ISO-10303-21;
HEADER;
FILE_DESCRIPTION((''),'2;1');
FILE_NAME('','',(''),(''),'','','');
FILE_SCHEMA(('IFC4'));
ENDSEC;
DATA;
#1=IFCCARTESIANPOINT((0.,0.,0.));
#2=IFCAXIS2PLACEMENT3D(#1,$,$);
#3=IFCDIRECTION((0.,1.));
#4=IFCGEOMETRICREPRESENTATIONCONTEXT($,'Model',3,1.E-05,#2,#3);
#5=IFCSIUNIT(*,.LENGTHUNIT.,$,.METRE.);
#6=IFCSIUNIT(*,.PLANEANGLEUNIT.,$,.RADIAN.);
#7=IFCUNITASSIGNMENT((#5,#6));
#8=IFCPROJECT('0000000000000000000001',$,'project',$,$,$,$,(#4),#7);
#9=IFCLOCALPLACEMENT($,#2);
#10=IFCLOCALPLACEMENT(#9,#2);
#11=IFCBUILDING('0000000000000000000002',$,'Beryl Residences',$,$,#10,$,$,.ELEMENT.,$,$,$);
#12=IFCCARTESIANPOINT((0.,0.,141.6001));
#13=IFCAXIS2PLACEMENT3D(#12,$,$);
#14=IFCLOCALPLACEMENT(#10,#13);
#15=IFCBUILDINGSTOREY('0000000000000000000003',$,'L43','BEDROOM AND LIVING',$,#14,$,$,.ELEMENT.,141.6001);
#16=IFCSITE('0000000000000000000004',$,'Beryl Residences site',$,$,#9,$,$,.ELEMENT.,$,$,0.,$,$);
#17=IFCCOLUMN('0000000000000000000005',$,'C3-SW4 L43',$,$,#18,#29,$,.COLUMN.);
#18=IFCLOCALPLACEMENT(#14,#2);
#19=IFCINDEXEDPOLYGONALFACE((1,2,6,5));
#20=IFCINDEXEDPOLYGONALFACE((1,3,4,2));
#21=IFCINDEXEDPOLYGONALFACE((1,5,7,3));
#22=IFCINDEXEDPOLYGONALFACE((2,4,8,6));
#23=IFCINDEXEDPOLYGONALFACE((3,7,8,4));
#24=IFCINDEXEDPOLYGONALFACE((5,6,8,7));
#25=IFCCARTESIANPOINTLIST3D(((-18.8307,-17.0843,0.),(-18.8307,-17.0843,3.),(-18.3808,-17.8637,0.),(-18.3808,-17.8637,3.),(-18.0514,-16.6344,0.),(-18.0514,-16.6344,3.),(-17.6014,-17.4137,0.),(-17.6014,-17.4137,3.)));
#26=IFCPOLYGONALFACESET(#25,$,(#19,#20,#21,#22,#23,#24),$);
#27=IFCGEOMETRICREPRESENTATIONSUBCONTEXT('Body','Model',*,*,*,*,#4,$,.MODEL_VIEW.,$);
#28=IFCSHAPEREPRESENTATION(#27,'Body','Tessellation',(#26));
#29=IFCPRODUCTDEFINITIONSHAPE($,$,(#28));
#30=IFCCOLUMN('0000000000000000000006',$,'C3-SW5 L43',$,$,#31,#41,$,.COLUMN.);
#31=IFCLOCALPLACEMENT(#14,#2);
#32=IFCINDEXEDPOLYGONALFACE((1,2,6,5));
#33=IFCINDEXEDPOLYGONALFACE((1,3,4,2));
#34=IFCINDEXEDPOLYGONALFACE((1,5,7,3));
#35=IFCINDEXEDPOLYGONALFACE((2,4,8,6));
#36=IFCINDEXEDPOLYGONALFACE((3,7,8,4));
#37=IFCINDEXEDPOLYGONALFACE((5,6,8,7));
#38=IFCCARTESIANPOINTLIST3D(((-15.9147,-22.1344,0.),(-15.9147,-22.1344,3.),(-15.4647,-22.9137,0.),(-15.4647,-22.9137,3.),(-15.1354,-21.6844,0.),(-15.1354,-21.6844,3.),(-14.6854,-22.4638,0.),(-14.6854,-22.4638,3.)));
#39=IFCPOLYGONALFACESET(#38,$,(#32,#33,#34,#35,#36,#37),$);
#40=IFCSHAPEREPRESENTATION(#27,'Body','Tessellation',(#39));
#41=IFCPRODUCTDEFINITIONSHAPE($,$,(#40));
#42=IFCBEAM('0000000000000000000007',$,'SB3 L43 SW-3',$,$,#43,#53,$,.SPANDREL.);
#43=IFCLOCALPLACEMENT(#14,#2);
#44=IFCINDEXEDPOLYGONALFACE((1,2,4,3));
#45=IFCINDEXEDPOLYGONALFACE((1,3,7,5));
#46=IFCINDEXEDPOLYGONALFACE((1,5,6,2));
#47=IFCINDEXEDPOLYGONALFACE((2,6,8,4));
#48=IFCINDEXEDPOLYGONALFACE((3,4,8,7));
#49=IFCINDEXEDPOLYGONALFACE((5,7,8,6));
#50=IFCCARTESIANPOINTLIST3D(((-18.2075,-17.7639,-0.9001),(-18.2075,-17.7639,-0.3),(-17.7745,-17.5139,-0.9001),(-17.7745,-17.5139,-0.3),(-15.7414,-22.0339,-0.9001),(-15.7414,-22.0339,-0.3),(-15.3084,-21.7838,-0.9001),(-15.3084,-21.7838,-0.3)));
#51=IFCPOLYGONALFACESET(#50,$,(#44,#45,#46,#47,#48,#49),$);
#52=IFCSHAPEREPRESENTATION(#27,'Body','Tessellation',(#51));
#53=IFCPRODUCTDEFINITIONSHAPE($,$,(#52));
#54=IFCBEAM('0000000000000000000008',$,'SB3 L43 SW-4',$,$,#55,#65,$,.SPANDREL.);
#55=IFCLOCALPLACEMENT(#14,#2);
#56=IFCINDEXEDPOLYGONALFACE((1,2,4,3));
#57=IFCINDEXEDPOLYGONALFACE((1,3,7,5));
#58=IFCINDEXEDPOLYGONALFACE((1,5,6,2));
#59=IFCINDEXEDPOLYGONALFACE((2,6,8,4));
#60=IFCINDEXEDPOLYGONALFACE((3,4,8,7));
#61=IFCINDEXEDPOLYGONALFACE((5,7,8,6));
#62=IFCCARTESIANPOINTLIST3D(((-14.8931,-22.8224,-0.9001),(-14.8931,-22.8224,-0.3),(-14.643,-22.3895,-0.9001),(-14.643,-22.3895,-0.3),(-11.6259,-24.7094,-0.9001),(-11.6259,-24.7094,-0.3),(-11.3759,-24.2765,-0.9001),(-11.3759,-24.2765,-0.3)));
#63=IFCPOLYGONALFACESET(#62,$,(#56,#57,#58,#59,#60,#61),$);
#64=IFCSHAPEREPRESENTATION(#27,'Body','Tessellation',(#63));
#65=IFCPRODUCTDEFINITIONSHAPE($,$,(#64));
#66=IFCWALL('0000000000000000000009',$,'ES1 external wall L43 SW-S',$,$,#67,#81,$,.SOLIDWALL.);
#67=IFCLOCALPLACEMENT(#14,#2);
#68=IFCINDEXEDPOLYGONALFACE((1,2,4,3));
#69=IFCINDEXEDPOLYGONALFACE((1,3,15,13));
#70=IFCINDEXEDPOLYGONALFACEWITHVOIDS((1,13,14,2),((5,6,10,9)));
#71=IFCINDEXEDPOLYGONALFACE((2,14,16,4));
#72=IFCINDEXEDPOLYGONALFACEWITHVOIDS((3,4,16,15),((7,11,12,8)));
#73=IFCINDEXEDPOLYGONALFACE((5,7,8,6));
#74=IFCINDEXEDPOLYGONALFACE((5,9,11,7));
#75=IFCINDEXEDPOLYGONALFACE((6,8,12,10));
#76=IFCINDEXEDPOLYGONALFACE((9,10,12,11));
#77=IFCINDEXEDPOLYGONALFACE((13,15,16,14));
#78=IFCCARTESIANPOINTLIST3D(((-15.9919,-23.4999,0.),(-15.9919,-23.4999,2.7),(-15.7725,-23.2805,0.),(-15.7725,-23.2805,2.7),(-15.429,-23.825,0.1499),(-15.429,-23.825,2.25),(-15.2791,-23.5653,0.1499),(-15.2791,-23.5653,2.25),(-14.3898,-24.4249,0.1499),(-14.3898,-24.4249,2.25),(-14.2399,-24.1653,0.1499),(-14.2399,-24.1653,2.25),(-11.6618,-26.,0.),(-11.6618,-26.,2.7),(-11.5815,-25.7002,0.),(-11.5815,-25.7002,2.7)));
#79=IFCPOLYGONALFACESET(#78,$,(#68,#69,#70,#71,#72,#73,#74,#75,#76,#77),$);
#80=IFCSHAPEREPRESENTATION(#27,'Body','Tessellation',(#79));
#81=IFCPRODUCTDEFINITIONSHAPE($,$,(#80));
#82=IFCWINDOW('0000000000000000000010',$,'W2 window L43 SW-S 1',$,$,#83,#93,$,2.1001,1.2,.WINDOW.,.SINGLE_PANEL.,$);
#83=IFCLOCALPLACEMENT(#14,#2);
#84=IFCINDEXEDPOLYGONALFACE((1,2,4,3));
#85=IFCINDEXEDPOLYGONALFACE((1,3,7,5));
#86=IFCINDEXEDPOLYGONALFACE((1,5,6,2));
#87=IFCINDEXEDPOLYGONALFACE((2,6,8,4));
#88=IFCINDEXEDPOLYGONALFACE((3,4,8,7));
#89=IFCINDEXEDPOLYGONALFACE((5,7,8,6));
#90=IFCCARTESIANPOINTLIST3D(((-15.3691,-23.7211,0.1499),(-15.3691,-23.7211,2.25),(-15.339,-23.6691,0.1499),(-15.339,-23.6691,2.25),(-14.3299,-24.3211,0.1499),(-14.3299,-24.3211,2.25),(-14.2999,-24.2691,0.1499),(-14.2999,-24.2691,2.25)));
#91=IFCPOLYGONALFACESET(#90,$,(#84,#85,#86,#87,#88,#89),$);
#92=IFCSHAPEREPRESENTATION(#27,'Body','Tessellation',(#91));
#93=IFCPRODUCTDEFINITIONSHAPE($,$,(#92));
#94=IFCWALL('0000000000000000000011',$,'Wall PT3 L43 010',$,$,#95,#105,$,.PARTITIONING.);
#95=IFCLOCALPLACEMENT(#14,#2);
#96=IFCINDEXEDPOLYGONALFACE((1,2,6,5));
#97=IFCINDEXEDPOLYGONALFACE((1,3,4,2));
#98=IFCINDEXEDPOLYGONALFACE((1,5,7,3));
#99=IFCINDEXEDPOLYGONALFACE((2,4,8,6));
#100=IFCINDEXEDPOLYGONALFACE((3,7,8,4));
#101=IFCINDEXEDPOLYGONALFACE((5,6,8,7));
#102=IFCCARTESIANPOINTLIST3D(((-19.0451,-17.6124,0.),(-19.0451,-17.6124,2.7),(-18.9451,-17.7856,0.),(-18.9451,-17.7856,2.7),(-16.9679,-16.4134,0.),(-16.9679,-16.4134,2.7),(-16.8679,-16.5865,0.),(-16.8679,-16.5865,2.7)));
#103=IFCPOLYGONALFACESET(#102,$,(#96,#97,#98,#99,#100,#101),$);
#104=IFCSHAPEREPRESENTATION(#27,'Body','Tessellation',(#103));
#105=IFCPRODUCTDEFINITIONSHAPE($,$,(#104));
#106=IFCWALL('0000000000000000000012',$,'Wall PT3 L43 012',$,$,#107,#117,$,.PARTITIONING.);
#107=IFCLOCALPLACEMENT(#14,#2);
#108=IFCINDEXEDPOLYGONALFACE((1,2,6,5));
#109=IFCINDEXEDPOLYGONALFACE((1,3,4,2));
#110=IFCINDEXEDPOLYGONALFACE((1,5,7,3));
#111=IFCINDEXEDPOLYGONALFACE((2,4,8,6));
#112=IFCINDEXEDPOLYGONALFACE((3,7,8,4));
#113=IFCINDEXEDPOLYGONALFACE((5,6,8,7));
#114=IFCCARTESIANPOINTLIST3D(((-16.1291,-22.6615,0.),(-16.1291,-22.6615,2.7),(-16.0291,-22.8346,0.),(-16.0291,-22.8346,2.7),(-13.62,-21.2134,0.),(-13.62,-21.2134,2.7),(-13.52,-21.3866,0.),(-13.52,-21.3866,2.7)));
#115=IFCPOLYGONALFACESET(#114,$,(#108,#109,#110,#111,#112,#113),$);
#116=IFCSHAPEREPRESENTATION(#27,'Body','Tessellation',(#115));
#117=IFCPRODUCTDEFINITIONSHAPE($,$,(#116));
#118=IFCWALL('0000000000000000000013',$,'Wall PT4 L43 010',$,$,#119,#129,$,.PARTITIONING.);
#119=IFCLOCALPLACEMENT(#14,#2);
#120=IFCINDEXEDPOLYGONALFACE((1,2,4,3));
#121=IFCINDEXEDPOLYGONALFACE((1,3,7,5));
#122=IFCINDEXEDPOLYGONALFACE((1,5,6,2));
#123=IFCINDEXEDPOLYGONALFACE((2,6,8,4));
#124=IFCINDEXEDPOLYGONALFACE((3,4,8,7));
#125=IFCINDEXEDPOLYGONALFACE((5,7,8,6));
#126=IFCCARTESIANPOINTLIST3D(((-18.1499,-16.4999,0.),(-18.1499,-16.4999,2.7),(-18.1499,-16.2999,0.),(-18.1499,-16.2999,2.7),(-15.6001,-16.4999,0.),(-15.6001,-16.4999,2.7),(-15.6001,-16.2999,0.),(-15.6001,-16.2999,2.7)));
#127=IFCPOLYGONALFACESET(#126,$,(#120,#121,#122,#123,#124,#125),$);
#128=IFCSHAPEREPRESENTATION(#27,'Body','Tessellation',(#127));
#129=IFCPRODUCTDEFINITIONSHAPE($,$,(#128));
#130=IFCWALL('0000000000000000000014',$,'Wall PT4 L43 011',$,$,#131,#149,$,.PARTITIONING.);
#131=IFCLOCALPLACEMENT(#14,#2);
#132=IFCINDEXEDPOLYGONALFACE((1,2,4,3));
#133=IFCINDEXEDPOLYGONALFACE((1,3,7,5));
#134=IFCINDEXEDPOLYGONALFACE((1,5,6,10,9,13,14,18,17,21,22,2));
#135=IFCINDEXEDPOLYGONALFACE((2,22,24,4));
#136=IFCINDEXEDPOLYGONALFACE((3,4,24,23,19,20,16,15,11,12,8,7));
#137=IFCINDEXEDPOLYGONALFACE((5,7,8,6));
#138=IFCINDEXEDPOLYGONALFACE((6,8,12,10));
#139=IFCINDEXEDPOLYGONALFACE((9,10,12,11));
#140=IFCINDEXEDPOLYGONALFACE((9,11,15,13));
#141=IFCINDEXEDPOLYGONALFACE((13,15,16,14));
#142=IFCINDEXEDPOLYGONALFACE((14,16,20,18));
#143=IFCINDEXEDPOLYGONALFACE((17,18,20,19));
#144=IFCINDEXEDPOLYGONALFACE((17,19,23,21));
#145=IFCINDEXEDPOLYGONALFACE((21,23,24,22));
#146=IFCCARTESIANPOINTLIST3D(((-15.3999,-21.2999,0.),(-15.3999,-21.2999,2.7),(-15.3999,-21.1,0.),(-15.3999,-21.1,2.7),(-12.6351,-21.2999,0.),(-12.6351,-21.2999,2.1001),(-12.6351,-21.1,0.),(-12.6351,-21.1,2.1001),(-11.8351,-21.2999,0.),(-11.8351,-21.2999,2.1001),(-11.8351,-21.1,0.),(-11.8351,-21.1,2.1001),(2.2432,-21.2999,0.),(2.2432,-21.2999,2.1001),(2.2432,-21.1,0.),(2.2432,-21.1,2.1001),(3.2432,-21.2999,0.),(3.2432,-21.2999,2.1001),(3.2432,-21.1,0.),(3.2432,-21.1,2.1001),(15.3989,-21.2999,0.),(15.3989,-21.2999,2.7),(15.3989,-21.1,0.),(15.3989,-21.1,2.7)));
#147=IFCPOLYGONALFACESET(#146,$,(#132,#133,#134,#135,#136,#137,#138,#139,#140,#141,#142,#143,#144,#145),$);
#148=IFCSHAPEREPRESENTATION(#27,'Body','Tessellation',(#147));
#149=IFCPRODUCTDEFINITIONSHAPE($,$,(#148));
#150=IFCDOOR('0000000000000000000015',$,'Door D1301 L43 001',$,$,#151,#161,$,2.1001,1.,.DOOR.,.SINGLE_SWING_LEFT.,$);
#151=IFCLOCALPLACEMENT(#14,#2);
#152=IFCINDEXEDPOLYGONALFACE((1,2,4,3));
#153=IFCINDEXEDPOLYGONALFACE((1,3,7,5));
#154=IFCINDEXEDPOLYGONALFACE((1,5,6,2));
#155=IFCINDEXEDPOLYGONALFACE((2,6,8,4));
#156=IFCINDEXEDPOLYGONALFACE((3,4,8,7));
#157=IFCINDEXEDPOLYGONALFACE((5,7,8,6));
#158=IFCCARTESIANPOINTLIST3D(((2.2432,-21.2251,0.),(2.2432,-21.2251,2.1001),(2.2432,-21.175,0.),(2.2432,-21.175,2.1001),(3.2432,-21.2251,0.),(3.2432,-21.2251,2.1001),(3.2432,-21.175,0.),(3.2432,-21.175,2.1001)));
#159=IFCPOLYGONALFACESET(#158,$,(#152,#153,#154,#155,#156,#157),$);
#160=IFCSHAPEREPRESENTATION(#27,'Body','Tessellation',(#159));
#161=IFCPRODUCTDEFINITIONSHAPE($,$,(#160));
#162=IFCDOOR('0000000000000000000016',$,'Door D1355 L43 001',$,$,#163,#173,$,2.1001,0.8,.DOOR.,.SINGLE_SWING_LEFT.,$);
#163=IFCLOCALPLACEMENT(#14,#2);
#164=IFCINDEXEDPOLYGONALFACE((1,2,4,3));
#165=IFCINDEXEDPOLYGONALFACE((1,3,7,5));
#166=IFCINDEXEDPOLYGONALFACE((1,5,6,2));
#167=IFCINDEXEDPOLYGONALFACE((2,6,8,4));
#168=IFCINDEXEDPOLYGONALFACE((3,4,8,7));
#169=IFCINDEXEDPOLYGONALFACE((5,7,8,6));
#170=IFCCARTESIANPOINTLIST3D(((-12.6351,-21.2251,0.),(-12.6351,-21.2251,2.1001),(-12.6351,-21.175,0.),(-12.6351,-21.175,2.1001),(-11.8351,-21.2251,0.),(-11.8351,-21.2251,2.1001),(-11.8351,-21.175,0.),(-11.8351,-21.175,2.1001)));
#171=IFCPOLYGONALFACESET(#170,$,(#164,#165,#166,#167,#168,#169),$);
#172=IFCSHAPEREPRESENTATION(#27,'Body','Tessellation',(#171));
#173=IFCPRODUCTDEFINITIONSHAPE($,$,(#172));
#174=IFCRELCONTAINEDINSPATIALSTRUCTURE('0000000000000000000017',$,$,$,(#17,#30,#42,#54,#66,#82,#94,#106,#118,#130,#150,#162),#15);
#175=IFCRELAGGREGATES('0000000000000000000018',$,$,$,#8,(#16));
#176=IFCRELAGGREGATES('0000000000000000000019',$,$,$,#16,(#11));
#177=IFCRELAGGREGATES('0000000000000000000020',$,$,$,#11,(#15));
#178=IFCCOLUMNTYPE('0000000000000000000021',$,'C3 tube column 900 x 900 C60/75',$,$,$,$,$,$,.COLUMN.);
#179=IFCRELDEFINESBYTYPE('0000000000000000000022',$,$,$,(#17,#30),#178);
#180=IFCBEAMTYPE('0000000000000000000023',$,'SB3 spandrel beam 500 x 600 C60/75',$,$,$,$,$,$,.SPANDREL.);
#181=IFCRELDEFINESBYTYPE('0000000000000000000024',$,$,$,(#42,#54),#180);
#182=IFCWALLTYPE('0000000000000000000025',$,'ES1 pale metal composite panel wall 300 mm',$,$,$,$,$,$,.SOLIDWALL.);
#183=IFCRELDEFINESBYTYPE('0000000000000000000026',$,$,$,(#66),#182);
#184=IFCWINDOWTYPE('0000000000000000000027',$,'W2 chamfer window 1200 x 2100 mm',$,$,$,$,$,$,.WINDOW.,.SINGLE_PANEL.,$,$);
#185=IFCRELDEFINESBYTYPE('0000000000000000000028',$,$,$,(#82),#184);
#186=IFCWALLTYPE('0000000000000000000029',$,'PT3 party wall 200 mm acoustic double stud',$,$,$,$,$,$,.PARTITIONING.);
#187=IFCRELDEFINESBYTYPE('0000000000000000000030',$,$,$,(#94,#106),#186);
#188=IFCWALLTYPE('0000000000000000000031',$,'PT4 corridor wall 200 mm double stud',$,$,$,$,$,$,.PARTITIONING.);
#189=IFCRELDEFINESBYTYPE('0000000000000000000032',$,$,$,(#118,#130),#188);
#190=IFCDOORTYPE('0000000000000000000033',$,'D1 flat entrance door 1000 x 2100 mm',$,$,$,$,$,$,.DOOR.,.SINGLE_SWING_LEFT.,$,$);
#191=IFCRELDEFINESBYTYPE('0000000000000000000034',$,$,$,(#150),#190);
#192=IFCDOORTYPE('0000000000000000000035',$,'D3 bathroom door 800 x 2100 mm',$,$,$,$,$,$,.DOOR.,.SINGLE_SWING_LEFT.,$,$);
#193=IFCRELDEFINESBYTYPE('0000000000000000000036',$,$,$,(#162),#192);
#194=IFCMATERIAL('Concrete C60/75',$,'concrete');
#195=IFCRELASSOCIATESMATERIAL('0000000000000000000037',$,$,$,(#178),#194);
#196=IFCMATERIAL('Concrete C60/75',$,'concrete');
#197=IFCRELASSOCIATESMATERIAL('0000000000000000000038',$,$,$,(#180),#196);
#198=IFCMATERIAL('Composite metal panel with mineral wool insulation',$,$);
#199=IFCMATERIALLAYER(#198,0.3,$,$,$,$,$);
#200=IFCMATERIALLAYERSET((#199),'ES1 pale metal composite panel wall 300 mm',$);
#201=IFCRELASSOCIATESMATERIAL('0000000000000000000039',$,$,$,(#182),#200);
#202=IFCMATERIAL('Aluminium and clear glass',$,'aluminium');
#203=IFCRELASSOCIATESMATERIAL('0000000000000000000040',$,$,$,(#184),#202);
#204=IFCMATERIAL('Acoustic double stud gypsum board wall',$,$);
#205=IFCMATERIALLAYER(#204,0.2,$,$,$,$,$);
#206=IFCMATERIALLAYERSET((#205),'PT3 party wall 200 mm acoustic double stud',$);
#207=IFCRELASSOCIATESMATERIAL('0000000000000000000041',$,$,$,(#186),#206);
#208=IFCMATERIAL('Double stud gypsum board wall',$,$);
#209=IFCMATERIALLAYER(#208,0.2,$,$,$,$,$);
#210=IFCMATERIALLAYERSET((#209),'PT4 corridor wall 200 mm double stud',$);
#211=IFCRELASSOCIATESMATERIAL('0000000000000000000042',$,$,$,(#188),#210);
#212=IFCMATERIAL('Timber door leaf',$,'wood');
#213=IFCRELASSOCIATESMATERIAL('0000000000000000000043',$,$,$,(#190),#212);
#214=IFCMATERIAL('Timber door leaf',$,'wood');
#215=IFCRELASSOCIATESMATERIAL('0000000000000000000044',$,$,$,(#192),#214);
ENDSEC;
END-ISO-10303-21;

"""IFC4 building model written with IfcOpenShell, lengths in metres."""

from ifc_helpers import new_model, si_unit, direction, frame, frame_2d, origin, origin_2d, place, context, subcontext, project, spatial, polyline, rectangle, outline, extrude, material, layer, layer_set, material_profile, profile_set, type_object, element, fill, save


model = new_model("IFC4")

# Units and contexts
model_context = context("Model", 3, precision=1e-05, world=origin(), true_north=direction((0.0, 1.0)))
body_context = subcontext(model_context, "Body", "Model", "MODEL_VIEW")
ifc_project = project(units=[si_unit("LENGTHUNIT", "METRE"), si_unit("PLANEANGLEUNIT", "RADIAN")], contexts=[model_context])

# Site, building, storey
site_placement = place(None, origin())
site = spatial("IfcSite", under=ifc_project, at=site_placement, Name="Beryl Residences site", CompositionType="ELEMENT", RefElevation=0.0)
building_placement = place(site_placement, origin())
building = spatial("IfcBuilding", under=site, at=building_placement, Name="Beryl Residences", CompositionType="ELEMENT")
storey_placement = place(building_placement, frame((0.0, 0.0, 141.6001)))
storey = spatial("IfcBuildingStorey", under=building, at=storey_placement, Name="L43", Description="BEDROOM AND LIVING", CompositionType="ELEMENT", Elevation=141.6001)

# Columns
ifc_material_1 = material(Name="Concrete C60/75", Category="concrete")
ifc_material_profile_1 = material_profile(ifc_material_1, rectangle(XDim=0.8999, YDim=0.8999, at=origin_2d()))
ifc_profile_set_1 = profile_set([ifc_material_profile_1], Name="Concrete C60/75")
column_type = type_object("IfcColumnType", Name="C3 tube column 900 x 900 C60/75", PredefinedType="COLUMN", material=ifc_profile_set_1)
for number, where, z_axis, x_axis, name in (
    (1, (-18.2161, -17.249, 0.0), (0.0, 0.0, 1.0), (0.5, -0.866025, 0.0), "C3-SW4 L43"),
    (2, (-15.3, -22.2991, 0.0), (0.0, 0.0, 1.0), (0.5, -0.866025, 0.0), "C3-SW5 L43"),
):
    element("IfcColumn", number, at=place(storey_placement, frame(where, z_axis=z_axis, x_axis=x_axis)), inside=storey, type_object=column_type, Name=name, PredefinedType="COLUMN", context=body_context, shape_type="SweptSolid", body=[
        extrude(rectangle(XDim=0.8999, YDim=0.8999, at=origin_2d()), origin(), (0.0, 0.0, 1.0), 3.0),
    ])

# Beams
ifc_material_2 = material(Name="Concrete C60/75", Category="concrete")
ifc_material_profile_2 = material_profile(ifc_material_2, rectangle(XDim=0.5, YDim=0.6001, at=origin_2d()))
ifc_profile_set_2 = profile_set([ifc_material_profile_2], Name="Concrete C60/75")
beam_type = type_object("IfcBeamType", Name="SB3 spandrel beam 500 x 600 C60/75", PredefinedType="SPANDREL", material=ifc_profile_set_2)
beam_1_placement = place(storey_placement, frame((-17.991, -17.6389, -0.6001), z_axis=(0.500117, -0.865958, 0.0), x_axis=(0.865958, 0.500117, 0.0)))
element("IfcBeam", 3, at=beam_1_placement, inside=storey, type_object=beam_type, Name="SB3 L43 SW-3", PredefinedType="SPANDREL", context=body_context, shape_type="SweptSolid", body=[
    extrude(rectangle(XDim=0.5, YDim=0.6001, at=origin_2d()), origin(), (0.0, 0.0, 1.0), 4.9309),
])
beam_2_placement = place(storey_placement, frame((-14.7681, -22.606, -0.6001), z_axis=(0.865944, -0.500141, 0.0), x_axis=(0.500141, 0.865944, 0.0)))
element("IfcBeam", 4, at=beam_2_placement, inside=storey, type_object=beam_type, Name="SB3 L43 SW-4", PredefinedType="SPANDREL", context=body_context, shape_type="SweptSolid", body=[
    extrude(rectangle(XDim=0.5, YDim=0.6001, at=origin_2d()), origin(), (0.0, 0.0, 1.0), 3.7729),
])

# Wall, opening, window
ifc_material_3 = material(Name="Composite metal panel with mineral wool insulation")
ifc_layer_1 = layer(ifc_material_3, 0.3)
ifc_layer_set_1 = layer_set([ifc_layer_1], Name="ES1 pale metal composite panel wall 300 mm")
wall_type_1 = type_object("IfcWallType", Name="ES1 pale metal composite panel wall 300 mm", PredefinedType="SOLIDWALL", material=ifc_layer_set_1)
wall_1_placement = place(storey_placement, frame((-15.917, -23.3701, 0.0), z_axis=(0.0, 0.0, 1.0), x_axis=(0.866023, -0.500004, 0.0)))
wall_1 = element("IfcWall", 5, at=wall_1_placement, inside=storey, type_object=wall_type_1, Name="ES1 external wall L43 SW-S", PredefinedType="SOLIDWALL", context=body_context, shape_type="SweptSolid", body=[
    extrude(outline(polyline([(0.0, -0.1499), (5.0, -0.1499), (4.9197, 0.1499), (0.0803, 0.1499), (0.0, -0.1499)])), origin(), (0.0, 0.0, 1.0), 2.7),
])
opening_1_placement = place(wall_1_placement, frame((0.6499, 0.0, 0.1499)))
opening_1 = element("IfcOpeningElement", 6, at=opening_1_placement, cuts=wall_1, PredefinedType="OPENING", context=body_context, shape_type="SweptSolid", body=[
    extrude(rectangle(XDim=1.2, YDim=2.1001, at=frame_2d((0.6001, 1.05))), frame((0.0, 0.1599, 0.0), z_axis=(0.0, -1.0, 0.0), x_axis=(1.0, 0.0, 0.0)), (0.0, 0.0, 1.0), 0.3201),
])
ifc_material_4 = material(Name="Aluminium and clear glass", Category="aluminium")
window_type = type_object("IfcWindowType", Name="W2 chamfer window 1200 x 2100 mm", PartitioningType="SINGLE_PANEL", PredefinedType="WINDOW", material=ifc_material_4)
window_placement = place(opening_1_placement, origin())
window = element("IfcWindow", 7, at=window_placement, inside=storey, type_object=window_type, Name="W2 window L43 SW-S 1", OverallHeight=2.1001, OverallWidth=1.2, PartitioningType="SINGLE_PANEL", PredefinedType="WINDOW", context=body_context, shape_type="SweptSolid", body=[
    extrude(rectangle(XDim=1.2, YDim=2.1001, at=frame_2d((0.6001, 1.05))), frame((0.0, 0.03, 0.0), z_axis=(0.0, -1.0, 0.0), x_axis=(1.0, 0.0, 0.0)), (0.0, 0.0, 1.0), 0.0601),
])
fill(opening_1, window)

# Walls
ifc_material_5 = material(Name="Acoustic double stud gypsum board wall")
ifc_layer_2 = layer(ifc_material_5, 0.2)
ifc_layer_set_2 = layer_set([ifc_layer_2], Name="PT3 party wall 200 mm acoustic double stud")
wall_type_2 = type_object("IfcWallType", Name="PT3 party wall 200 mm acoustic double stud", PredefinedType="PARTITIONING", material=ifc_layer_set_2)
wall_2_placement = place(storey_placement, frame((-18.9951, -17.699, 0.0), z_axis=(0.0, 0.0, 1.0), x_axis=(0.866074, 0.499916, 0.0)))
element("IfcWall", 8, at=wall_2_placement, inside=storey, type_object=wall_type_2, Name="Wall PT3 L43 010", PredefinedType="PARTITIONING", context=body_context, shape_type="SweptSolid", body=[
    extrude(rectangle(XDim=2.3984, YDim=0.2, at=frame_2d((1.1992, 0.0))), origin(), (0.0, 0.0, 1.0), 2.7),
])
wall_3_placement = place(storey_placement, frame((-16.0791, -22.748, 0.0), z_axis=(0.0, 0.0, 1.0), x_axis=(0.866114, 0.499846, 0.0)))
element("IfcWall", 9, at=wall_3_placement, inside=storey, type_object=wall_type_2, Name="Wall PT3 L43 012", PredefinedType="PARTITIONING", context=body_context, shape_type="SweptSolid", body=[
    extrude(rectangle(XDim=2.897, YDim=0.2, at=frame_2d((1.4485, 0.0))), origin(), (0.0, 0.0, 1.0), 2.7),
])
ifc_material_6 = material(Name="Double stud gypsum board wall")
ifc_layer_3 = layer(ifc_material_6, 0.2)
ifc_layer_set_3 = layer_set([ifc_layer_3], Name="PT4 corridor wall 200 mm double stud")
wall_type_3 = type_object("IfcWallType", Name="PT4 corridor wall 200 mm double stud", PredefinedType="PARTITIONING", material=ifc_layer_set_3)
wall_4_placement = place(storey_placement, frame((-18.1499, -16.3999, 0.0), z_axis=(0.0, 0.0, 1.0), x_axis=(1.0, 0.0, 0.0)))
element("IfcWall", 10, at=wall_4_placement, inside=storey, type_object=wall_type_3, Name="Wall PT4 L43 010", PredefinedType="PARTITIONING", context=body_context, shape_type="SweptSolid", body=[
    extrude(rectangle(XDim=2.5498, YDim=0.2, at=frame_2d((1.2749, 0.0))), origin(), (0.0, 0.0, 1.0), 2.7),
])

# Wall, openings, doors
wall_5_placement = place(storey_placement, frame((-15.3999, -21.2, 0.0), z_axis=(0.0, 0.0, 1.0), x_axis=(1.0, 0.0, 0.0)))
wall_5 = element("IfcWall", 11, at=wall_5_placement, inside=storey, type_object=wall_type_3, Name="Wall PT4 L43 011", PredefinedType="PARTITIONING", context=body_context, shape_type="SweptSolid", body=[
    extrude(rectangle(XDim=30.7988, YDim=0.2, at=frame_2d((15.3994, 0.0))), origin(), (0.0, 0.0, 1.0), 2.7),
])
opening_2_placement = place(wall_5_placement, frame((17.6431, 0.0, 0.0)))
opening_2 = element("IfcOpeningElement", 12, at=opening_2_placement, cuts=wall_5, PredefinedType="OPENING", context=body_context, shape_type="SweptSolid", body=[
    extrude(rectangle(XDim=1.0, YDim=2.1001, at=frame_2d((0.5, 1.05))), frame((0.0, 0.1099, 0.0), z_axis=(0.0, -1.0, 0.0), x_axis=(1.0, 0.0, 0.0)), (0.0, 0.0, 1.0), 0.22),
])
opening_3_placement = place(wall_5_placement, frame((2.7649, 0.0, 0.0)))
opening_3 = element("IfcOpeningElement", 13, at=opening_3_placement, cuts=wall_5, PredefinedType="OPENING", context=body_context, shape_type="SweptSolid", body=[
    extrude(rectangle(XDim=0.8, YDim=2.1001, at=frame_2d((0.3999, 1.05))), frame((0.0, 0.1099, 0.0), z_axis=(0.0, -1.0, 0.0), x_axis=(1.0, 0.0, 0.0)), (0.0, 0.0, 1.0), 0.22),
])
ifc_material_7 = material(Name="Timber door leaf", Category="wood")
door_type_1 = type_object("IfcDoorType", Name="D1 flat entrance door 1000 x 2100 mm", OperationType="SINGLE_SWING_LEFT", PredefinedType="DOOR", material=ifc_material_7)
door_1_placement = place(opening_2_placement, origin())
door_1 = element("IfcDoor", 14, at=door_1_placement, inside=storey, type_object=door_type_1, Name="Door D1301 L43 001", OperationType="SINGLE_SWING_LEFT", OverallHeight=2.1001, OverallWidth=1.0, PredefinedType="DOOR", context=body_context, shape_type="SweptSolid", body=[
    extrude(rectangle(XDim=1.0, YDim=2.1001, at=frame_2d((0.5, 1.05))), frame((0.0, 0.0249, 0.0), z_axis=(0.0, -1.0, 0.0), x_axis=(1.0, 0.0, 0.0)), (0.0, 0.0, 1.0), 0.05),
])
fill(opening_2, door_1)
ifc_material_8 = material(Name="Timber door leaf", Category="wood")
door_type_2 = type_object("IfcDoorType", Name="D3 bathroom door 800 x 2100 mm", OperationType="SINGLE_SWING_LEFT", PredefinedType="DOOR", material=ifc_material_8)
door_2_placement = place(opening_3_placement, origin())
door_2 = element("IfcDoor", 15, at=door_2_placement, inside=storey, type_object=door_type_2, Name="Door D1355 L43 001", OperationType="SINGLE_SWING_LEFT", OverallHeight=2.1001, OverallWidth=0.8, PredefinedType="DOOR", context=body_context, shape_type="SweptSolid", body=[
    extrude(rectangle(XDim=0.8, YDim=2.1001, at=frame_2d((0.3999, 1.05))), frame((0.0, 0.0249, 0.0), z_axis=(0.0, -1.0, 0.0), x_axis=(1.0, 0.0, 0.0)), (0.0, 0.0, 1.0), 0.05),
])
fill(opening_3, door_2)

save(model, "model.ifc")
